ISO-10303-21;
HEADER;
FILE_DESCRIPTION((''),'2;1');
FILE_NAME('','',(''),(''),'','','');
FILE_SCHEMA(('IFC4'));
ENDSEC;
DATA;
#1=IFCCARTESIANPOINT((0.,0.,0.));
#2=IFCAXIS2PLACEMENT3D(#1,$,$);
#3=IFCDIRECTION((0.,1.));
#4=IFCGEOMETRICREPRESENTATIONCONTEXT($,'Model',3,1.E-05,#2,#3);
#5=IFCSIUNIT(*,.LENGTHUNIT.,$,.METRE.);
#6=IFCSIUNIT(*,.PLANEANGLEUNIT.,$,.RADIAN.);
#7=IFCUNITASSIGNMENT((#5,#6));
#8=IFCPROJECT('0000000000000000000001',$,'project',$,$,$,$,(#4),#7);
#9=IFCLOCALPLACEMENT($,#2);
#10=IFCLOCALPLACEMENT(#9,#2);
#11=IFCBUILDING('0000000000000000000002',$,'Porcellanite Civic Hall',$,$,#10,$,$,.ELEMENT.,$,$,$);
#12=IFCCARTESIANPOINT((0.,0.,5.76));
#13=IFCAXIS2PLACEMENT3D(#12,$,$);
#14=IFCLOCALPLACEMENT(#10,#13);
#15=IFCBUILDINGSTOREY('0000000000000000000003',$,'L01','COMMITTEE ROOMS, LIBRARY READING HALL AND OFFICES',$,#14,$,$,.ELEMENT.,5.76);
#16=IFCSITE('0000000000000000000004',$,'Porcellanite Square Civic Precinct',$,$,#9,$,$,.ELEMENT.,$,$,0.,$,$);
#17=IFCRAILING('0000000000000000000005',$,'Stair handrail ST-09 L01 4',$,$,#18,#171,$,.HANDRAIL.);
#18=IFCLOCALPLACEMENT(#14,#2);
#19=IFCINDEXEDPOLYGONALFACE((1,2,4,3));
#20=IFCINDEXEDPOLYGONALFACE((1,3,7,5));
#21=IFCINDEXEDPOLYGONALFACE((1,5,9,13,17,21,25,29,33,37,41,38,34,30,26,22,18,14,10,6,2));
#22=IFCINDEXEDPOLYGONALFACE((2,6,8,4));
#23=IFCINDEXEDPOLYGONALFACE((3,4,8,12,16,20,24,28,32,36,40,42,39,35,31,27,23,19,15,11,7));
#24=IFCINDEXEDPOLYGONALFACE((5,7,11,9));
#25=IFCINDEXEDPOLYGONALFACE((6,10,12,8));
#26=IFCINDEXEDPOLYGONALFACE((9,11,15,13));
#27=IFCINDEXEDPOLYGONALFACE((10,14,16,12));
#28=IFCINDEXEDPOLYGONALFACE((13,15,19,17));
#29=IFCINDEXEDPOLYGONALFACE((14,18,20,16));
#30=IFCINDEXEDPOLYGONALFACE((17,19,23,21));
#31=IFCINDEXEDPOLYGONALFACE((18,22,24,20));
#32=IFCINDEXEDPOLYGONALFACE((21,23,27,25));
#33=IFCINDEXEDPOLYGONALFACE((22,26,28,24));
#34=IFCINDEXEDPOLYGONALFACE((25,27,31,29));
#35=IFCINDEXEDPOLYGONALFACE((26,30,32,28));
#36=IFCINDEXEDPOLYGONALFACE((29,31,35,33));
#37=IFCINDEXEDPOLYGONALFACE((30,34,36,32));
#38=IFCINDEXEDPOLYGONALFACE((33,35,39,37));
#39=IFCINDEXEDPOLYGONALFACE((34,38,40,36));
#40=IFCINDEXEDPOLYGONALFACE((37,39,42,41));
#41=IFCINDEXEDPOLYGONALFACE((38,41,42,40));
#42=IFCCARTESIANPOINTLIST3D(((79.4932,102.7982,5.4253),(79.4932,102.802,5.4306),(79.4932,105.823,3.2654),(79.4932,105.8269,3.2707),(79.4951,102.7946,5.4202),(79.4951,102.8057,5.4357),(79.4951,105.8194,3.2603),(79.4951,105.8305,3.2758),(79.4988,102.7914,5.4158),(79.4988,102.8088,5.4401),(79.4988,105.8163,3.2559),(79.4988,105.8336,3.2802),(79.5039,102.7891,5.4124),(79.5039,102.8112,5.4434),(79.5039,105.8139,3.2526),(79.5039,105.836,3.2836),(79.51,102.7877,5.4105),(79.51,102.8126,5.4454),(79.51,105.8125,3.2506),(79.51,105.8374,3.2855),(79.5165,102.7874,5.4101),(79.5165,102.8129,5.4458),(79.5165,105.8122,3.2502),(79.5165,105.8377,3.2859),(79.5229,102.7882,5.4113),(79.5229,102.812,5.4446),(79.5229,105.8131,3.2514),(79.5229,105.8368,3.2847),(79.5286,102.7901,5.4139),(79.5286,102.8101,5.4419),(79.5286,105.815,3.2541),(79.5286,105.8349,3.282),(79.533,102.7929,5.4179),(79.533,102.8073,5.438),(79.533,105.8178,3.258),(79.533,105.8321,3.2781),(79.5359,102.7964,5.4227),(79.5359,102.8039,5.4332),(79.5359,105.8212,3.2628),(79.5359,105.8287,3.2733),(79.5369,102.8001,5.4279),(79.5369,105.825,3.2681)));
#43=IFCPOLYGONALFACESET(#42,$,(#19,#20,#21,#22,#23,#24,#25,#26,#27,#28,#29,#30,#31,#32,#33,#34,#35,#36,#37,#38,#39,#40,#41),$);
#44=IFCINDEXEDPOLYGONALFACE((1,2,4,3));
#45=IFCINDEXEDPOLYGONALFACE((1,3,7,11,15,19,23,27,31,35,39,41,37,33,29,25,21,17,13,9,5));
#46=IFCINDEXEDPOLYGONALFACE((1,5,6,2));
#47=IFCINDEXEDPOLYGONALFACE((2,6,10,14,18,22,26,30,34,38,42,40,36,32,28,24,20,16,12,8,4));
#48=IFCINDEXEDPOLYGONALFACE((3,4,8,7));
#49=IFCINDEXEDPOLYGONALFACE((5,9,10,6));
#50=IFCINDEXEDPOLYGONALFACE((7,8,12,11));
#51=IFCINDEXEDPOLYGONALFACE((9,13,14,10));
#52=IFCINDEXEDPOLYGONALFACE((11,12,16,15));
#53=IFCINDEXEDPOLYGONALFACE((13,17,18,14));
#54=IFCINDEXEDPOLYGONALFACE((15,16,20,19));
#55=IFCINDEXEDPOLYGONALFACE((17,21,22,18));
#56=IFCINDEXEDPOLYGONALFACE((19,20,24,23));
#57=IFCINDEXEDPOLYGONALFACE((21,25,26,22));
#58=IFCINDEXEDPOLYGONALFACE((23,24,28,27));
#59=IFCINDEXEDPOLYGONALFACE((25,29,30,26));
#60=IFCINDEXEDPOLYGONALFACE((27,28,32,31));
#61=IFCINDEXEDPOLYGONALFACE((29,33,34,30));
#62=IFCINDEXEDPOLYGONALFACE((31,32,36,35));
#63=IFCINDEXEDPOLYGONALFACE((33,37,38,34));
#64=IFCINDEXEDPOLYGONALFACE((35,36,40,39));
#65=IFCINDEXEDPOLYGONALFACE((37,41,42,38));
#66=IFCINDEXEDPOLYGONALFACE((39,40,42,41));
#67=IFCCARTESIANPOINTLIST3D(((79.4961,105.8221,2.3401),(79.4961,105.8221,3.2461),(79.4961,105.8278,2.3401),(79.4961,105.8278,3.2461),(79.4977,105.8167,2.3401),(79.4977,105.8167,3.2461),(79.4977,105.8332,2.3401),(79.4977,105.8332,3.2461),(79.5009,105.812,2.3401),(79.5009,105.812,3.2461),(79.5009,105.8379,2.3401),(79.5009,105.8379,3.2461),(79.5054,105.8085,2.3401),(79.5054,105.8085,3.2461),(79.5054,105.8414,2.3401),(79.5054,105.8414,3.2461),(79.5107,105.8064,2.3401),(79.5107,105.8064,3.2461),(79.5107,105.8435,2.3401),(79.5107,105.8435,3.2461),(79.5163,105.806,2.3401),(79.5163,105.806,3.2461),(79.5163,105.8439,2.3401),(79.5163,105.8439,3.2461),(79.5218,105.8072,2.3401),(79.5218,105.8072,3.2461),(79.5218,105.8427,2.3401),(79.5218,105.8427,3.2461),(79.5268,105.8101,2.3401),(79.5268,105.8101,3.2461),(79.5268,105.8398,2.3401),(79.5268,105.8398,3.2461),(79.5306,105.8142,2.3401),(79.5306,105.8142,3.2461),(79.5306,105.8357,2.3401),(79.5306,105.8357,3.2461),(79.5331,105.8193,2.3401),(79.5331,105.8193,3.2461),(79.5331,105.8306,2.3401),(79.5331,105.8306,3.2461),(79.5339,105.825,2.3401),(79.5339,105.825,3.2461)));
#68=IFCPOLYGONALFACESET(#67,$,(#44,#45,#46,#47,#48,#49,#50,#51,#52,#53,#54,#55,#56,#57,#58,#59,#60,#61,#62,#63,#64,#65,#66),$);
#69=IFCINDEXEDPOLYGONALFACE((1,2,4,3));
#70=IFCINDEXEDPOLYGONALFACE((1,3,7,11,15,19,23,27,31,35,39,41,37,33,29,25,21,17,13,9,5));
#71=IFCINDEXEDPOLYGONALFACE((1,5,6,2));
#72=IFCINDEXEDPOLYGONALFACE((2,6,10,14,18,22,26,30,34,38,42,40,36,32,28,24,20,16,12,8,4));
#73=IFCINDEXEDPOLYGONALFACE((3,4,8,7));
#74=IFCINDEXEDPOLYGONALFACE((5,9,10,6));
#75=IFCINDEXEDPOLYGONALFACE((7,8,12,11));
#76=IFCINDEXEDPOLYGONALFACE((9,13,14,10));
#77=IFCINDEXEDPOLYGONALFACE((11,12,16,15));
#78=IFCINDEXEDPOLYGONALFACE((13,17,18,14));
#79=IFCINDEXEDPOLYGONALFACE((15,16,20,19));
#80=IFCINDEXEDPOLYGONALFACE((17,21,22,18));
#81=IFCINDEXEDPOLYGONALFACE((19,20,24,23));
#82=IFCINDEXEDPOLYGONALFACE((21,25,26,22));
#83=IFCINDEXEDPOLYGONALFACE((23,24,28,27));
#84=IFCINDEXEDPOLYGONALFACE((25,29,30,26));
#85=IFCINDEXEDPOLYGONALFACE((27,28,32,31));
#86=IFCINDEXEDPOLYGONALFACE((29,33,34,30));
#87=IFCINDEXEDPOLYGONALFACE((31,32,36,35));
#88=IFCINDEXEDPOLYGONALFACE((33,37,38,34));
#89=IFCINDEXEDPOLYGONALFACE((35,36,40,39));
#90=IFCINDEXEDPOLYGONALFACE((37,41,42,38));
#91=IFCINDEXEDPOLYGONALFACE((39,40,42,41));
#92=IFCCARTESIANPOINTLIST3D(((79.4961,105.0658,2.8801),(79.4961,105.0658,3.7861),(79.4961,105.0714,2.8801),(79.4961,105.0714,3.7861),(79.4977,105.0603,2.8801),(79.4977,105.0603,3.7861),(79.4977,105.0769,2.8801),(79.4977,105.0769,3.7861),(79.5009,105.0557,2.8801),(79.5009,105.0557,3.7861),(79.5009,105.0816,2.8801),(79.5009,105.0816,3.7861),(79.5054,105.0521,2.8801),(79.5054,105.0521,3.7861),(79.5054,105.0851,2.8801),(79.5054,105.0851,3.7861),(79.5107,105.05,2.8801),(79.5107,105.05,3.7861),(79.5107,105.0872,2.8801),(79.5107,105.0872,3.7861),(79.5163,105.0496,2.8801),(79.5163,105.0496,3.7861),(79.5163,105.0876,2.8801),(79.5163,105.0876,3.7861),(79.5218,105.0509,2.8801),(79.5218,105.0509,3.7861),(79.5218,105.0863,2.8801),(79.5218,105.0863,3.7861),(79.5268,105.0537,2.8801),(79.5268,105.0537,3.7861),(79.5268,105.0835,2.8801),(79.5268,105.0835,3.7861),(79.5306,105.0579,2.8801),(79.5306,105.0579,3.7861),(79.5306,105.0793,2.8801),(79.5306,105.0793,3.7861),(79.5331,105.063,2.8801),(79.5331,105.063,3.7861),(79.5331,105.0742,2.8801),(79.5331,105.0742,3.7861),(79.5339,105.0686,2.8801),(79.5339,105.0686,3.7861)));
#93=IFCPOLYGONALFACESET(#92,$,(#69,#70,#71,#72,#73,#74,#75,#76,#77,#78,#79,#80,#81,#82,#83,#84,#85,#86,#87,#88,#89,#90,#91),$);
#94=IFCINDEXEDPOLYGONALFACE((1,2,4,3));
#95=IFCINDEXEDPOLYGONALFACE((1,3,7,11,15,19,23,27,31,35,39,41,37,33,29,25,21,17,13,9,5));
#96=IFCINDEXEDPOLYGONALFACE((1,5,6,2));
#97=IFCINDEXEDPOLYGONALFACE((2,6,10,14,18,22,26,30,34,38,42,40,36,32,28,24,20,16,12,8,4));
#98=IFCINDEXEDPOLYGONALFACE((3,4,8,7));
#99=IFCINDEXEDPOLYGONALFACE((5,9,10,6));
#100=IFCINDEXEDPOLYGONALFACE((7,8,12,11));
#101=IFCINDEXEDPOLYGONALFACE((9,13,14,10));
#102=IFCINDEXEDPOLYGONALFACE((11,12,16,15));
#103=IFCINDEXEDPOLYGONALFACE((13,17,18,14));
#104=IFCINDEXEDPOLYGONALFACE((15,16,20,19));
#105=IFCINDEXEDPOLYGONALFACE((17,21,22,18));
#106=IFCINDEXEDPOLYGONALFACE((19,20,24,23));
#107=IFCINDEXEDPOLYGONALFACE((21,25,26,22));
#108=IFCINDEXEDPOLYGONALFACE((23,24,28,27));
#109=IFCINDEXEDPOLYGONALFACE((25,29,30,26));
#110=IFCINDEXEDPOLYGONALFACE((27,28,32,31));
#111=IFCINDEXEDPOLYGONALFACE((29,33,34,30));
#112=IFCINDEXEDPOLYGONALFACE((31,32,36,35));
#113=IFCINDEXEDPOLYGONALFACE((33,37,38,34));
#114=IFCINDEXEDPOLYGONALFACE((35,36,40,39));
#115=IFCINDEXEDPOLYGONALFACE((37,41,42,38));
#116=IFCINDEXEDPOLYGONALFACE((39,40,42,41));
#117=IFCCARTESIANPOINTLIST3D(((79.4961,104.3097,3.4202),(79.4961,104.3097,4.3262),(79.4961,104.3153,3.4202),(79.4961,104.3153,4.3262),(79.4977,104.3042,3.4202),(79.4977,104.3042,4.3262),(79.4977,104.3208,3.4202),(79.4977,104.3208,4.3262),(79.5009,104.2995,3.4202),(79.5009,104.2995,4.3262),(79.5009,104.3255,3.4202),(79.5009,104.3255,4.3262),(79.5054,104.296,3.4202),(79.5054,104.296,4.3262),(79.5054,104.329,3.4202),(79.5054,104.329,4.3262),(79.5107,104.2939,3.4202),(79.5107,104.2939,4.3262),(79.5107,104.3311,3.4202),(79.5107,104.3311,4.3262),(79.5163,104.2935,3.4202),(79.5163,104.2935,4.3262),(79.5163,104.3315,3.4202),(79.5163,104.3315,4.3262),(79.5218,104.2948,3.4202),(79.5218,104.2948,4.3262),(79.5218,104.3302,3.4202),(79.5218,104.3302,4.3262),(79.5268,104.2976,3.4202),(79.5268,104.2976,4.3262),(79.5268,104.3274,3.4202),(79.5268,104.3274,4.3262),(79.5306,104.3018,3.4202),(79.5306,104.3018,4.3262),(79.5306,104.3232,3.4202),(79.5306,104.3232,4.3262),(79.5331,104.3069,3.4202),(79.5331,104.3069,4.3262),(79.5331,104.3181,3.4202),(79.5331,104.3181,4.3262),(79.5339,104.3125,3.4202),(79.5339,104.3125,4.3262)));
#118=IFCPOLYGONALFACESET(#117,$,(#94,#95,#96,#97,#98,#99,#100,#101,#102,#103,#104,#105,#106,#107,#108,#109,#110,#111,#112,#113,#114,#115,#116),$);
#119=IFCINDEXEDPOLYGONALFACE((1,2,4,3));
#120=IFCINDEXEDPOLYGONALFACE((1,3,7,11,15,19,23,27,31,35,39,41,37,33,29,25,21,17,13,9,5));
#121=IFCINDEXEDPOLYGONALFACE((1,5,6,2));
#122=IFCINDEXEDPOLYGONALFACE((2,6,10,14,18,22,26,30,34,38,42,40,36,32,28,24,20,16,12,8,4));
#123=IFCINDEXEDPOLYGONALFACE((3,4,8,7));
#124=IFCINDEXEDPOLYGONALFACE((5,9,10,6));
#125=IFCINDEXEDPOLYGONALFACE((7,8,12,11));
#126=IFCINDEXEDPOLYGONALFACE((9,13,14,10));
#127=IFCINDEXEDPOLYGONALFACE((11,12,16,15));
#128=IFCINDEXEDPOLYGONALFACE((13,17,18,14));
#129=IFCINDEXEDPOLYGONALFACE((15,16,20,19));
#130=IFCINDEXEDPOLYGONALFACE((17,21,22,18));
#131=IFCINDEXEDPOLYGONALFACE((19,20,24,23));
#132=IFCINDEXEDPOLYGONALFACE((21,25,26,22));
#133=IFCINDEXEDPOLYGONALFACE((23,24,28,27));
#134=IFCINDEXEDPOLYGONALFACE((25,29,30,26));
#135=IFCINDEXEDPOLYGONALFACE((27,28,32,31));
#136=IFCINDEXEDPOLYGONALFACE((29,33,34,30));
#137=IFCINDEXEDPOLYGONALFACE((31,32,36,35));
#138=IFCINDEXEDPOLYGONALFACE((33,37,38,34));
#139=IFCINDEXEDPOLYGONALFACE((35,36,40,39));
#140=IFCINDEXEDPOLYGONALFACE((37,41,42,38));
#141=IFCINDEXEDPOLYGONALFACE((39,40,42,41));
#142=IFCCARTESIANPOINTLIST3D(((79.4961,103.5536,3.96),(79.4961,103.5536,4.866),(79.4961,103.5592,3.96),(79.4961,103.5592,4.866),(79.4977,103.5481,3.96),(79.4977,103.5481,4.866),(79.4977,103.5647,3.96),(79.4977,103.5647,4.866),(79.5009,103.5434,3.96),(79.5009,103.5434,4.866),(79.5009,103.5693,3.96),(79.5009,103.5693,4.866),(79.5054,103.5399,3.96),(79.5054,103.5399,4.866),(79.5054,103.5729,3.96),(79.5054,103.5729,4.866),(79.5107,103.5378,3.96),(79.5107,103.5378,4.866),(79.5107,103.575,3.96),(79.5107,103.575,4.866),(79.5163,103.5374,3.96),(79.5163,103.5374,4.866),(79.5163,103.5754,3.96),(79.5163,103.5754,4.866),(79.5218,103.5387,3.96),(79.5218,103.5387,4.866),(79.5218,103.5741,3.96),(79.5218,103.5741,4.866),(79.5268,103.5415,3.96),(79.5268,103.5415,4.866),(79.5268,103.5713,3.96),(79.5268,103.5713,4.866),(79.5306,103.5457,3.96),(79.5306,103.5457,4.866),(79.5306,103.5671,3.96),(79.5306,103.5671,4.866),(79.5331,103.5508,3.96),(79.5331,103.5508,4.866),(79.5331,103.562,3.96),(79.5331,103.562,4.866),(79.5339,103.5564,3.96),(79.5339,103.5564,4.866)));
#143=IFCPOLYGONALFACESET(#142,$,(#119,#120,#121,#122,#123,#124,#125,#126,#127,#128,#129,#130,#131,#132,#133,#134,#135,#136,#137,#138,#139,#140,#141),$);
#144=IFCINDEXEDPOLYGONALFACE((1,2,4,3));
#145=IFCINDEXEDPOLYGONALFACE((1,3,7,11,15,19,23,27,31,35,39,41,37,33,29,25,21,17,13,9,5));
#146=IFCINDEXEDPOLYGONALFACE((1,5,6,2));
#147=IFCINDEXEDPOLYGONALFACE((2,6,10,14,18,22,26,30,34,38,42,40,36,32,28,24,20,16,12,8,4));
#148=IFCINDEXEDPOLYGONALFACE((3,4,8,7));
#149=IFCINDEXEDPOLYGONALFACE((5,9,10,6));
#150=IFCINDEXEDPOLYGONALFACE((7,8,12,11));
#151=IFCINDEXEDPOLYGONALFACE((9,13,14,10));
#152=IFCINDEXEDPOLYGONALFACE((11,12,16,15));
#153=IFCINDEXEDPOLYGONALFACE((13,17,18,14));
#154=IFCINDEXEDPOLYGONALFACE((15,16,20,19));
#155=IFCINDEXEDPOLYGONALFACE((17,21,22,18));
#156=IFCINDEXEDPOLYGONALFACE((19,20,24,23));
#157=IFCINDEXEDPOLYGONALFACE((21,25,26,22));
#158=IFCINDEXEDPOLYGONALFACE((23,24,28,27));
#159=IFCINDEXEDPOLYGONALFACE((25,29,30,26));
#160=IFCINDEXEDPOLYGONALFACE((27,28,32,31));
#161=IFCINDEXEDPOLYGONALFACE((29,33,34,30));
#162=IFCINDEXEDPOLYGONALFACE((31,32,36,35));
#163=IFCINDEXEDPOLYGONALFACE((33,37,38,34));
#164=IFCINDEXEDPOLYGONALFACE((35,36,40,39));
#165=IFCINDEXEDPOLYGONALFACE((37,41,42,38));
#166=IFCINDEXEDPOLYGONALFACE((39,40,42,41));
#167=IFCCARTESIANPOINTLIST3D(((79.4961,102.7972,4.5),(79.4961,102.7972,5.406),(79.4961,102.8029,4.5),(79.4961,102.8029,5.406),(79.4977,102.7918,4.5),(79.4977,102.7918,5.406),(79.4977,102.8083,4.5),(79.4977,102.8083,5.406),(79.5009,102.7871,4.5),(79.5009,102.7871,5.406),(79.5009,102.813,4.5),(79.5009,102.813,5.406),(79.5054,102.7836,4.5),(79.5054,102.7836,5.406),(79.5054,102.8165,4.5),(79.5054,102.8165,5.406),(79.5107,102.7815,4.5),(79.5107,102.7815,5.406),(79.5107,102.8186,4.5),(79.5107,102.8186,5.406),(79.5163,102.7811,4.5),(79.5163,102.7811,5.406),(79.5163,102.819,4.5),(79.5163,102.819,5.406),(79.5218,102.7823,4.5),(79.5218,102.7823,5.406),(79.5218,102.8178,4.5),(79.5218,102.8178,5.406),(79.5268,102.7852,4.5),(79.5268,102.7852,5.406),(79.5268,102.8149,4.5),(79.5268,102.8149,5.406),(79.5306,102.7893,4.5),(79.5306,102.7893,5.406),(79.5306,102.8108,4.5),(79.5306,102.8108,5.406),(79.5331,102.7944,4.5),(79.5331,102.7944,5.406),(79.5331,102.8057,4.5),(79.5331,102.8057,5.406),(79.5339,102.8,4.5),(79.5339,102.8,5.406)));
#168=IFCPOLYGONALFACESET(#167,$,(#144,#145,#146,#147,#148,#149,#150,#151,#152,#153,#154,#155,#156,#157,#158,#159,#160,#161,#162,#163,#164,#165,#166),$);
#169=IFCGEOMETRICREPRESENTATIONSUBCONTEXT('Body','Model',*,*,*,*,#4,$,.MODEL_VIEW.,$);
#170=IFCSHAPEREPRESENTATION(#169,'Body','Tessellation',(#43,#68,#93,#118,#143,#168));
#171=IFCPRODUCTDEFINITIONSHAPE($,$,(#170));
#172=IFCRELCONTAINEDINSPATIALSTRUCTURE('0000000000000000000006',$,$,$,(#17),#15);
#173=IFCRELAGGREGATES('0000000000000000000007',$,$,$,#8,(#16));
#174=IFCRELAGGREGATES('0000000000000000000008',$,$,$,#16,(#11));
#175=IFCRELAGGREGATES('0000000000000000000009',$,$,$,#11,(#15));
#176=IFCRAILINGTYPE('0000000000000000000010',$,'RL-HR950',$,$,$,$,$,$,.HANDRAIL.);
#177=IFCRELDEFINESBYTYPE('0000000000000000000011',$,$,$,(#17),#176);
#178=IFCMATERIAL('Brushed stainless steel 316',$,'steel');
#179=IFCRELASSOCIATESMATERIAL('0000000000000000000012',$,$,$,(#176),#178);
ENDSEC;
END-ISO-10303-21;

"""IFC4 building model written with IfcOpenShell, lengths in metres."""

from ifc_helpers import new_model, si_unit, direction, frame, origin, origin_2d, place, context, subcontext, project, spatial, circle, extrude, material, type_object, element, save


model = new_model("IFC4")

# Units and contexts
model_context = context("Model", 3, precision=1e-05, world=origin(), true_north=direction((0.0, 1.0)))
body_context = subcontext(model_context, "Body", "Model", "MODEL_VIEW")
ifc_project = project(units=[si_unit("LENGTHUNIT", "METRE"), si_unit("PLANEANGLEUNIT", "RADIAN")], contexts=[model_context])

# Site, building, storey
site_placement = place(None, origin())
site = spatial("IfcSite", under=ifc_project, at=site_placement, Name="Porcellanite Square Civic Precinct", CompositionType="ELEMENT", RefElevation=0.0)
building_placement = place(site_placement, origin())
building = spatial("IfcBuilding", under=site, at=building_placement, Name="Porcellanite Civic Hall", CompositionType="ELEMENT")
storey_placement = place(building_placement, frame((0.0, 0.0, 5.76)))
storey = spatial("IfcBuildingStorey", under=building, at=storey_placement, Name="L01", Description="COMMITTEE ROOMS, LIBRARY READING HALL AND OFFICES", CompositionType="ELEMENT", Elevation=5.76)

# Railing
ifc_material_1 = material(Name="Brushed stainless steel 316", Category="steel")
railing_type_1 = type_object("IfcRailingType", Name="RL-HR950", PredefinedType="HANDRAIL", material=ifc_material_1)
railing_1_placement = place(storey_placement, frame((79.5149, 105.825, 2.3401)))
element("IfcRailing", 1, at=railing_1_placement, inside=storey, type_object=railing_type_1, Name="Stair handrail ST-09 L01 4", PredefinedType="HANDRAIL", context=body_context, shape_type="SweptSolid", body=[
    extrude(circle(Radius=0.022, at=origin_2d()), frame((0.0, 0.0, 0.928), z_axis=(0.0, -0.813827, 0.581108), x_axis=(1.0, 0.0, 0.0)), (0.0, 0.0, 1.0), 3.7168),
    extrude(circle(Radius=0.019, at=origin_2d()), origin(), (0.0, 0.0, 1.0), 0.906),
    extrude(circle(Radius=0.019, at=origin_2d()), frame((0.0, -0.7563, 0.54)), (0.0, 0.0, 1.0), 0.906),
    extrude(circle(Radius=0.019, at=origin_2d()), frame((0.0, -1.5125, 1.0801)), (0.0, 0.0, 1.0), 0.906),
    extrude(circle(Radius=0.019, at=origin_2d()), frame((0.0, -2.2686, 1.6199)), (0.0, 0.0, 1.0), 0.906),
    extrude(circle(Radius=0.019, at=origin_2d()), frame((0.0, -3.0249, 2.1599)), (0.0, 0.0, 1.0), 0.906),
])

save(model, "model.ifc")
